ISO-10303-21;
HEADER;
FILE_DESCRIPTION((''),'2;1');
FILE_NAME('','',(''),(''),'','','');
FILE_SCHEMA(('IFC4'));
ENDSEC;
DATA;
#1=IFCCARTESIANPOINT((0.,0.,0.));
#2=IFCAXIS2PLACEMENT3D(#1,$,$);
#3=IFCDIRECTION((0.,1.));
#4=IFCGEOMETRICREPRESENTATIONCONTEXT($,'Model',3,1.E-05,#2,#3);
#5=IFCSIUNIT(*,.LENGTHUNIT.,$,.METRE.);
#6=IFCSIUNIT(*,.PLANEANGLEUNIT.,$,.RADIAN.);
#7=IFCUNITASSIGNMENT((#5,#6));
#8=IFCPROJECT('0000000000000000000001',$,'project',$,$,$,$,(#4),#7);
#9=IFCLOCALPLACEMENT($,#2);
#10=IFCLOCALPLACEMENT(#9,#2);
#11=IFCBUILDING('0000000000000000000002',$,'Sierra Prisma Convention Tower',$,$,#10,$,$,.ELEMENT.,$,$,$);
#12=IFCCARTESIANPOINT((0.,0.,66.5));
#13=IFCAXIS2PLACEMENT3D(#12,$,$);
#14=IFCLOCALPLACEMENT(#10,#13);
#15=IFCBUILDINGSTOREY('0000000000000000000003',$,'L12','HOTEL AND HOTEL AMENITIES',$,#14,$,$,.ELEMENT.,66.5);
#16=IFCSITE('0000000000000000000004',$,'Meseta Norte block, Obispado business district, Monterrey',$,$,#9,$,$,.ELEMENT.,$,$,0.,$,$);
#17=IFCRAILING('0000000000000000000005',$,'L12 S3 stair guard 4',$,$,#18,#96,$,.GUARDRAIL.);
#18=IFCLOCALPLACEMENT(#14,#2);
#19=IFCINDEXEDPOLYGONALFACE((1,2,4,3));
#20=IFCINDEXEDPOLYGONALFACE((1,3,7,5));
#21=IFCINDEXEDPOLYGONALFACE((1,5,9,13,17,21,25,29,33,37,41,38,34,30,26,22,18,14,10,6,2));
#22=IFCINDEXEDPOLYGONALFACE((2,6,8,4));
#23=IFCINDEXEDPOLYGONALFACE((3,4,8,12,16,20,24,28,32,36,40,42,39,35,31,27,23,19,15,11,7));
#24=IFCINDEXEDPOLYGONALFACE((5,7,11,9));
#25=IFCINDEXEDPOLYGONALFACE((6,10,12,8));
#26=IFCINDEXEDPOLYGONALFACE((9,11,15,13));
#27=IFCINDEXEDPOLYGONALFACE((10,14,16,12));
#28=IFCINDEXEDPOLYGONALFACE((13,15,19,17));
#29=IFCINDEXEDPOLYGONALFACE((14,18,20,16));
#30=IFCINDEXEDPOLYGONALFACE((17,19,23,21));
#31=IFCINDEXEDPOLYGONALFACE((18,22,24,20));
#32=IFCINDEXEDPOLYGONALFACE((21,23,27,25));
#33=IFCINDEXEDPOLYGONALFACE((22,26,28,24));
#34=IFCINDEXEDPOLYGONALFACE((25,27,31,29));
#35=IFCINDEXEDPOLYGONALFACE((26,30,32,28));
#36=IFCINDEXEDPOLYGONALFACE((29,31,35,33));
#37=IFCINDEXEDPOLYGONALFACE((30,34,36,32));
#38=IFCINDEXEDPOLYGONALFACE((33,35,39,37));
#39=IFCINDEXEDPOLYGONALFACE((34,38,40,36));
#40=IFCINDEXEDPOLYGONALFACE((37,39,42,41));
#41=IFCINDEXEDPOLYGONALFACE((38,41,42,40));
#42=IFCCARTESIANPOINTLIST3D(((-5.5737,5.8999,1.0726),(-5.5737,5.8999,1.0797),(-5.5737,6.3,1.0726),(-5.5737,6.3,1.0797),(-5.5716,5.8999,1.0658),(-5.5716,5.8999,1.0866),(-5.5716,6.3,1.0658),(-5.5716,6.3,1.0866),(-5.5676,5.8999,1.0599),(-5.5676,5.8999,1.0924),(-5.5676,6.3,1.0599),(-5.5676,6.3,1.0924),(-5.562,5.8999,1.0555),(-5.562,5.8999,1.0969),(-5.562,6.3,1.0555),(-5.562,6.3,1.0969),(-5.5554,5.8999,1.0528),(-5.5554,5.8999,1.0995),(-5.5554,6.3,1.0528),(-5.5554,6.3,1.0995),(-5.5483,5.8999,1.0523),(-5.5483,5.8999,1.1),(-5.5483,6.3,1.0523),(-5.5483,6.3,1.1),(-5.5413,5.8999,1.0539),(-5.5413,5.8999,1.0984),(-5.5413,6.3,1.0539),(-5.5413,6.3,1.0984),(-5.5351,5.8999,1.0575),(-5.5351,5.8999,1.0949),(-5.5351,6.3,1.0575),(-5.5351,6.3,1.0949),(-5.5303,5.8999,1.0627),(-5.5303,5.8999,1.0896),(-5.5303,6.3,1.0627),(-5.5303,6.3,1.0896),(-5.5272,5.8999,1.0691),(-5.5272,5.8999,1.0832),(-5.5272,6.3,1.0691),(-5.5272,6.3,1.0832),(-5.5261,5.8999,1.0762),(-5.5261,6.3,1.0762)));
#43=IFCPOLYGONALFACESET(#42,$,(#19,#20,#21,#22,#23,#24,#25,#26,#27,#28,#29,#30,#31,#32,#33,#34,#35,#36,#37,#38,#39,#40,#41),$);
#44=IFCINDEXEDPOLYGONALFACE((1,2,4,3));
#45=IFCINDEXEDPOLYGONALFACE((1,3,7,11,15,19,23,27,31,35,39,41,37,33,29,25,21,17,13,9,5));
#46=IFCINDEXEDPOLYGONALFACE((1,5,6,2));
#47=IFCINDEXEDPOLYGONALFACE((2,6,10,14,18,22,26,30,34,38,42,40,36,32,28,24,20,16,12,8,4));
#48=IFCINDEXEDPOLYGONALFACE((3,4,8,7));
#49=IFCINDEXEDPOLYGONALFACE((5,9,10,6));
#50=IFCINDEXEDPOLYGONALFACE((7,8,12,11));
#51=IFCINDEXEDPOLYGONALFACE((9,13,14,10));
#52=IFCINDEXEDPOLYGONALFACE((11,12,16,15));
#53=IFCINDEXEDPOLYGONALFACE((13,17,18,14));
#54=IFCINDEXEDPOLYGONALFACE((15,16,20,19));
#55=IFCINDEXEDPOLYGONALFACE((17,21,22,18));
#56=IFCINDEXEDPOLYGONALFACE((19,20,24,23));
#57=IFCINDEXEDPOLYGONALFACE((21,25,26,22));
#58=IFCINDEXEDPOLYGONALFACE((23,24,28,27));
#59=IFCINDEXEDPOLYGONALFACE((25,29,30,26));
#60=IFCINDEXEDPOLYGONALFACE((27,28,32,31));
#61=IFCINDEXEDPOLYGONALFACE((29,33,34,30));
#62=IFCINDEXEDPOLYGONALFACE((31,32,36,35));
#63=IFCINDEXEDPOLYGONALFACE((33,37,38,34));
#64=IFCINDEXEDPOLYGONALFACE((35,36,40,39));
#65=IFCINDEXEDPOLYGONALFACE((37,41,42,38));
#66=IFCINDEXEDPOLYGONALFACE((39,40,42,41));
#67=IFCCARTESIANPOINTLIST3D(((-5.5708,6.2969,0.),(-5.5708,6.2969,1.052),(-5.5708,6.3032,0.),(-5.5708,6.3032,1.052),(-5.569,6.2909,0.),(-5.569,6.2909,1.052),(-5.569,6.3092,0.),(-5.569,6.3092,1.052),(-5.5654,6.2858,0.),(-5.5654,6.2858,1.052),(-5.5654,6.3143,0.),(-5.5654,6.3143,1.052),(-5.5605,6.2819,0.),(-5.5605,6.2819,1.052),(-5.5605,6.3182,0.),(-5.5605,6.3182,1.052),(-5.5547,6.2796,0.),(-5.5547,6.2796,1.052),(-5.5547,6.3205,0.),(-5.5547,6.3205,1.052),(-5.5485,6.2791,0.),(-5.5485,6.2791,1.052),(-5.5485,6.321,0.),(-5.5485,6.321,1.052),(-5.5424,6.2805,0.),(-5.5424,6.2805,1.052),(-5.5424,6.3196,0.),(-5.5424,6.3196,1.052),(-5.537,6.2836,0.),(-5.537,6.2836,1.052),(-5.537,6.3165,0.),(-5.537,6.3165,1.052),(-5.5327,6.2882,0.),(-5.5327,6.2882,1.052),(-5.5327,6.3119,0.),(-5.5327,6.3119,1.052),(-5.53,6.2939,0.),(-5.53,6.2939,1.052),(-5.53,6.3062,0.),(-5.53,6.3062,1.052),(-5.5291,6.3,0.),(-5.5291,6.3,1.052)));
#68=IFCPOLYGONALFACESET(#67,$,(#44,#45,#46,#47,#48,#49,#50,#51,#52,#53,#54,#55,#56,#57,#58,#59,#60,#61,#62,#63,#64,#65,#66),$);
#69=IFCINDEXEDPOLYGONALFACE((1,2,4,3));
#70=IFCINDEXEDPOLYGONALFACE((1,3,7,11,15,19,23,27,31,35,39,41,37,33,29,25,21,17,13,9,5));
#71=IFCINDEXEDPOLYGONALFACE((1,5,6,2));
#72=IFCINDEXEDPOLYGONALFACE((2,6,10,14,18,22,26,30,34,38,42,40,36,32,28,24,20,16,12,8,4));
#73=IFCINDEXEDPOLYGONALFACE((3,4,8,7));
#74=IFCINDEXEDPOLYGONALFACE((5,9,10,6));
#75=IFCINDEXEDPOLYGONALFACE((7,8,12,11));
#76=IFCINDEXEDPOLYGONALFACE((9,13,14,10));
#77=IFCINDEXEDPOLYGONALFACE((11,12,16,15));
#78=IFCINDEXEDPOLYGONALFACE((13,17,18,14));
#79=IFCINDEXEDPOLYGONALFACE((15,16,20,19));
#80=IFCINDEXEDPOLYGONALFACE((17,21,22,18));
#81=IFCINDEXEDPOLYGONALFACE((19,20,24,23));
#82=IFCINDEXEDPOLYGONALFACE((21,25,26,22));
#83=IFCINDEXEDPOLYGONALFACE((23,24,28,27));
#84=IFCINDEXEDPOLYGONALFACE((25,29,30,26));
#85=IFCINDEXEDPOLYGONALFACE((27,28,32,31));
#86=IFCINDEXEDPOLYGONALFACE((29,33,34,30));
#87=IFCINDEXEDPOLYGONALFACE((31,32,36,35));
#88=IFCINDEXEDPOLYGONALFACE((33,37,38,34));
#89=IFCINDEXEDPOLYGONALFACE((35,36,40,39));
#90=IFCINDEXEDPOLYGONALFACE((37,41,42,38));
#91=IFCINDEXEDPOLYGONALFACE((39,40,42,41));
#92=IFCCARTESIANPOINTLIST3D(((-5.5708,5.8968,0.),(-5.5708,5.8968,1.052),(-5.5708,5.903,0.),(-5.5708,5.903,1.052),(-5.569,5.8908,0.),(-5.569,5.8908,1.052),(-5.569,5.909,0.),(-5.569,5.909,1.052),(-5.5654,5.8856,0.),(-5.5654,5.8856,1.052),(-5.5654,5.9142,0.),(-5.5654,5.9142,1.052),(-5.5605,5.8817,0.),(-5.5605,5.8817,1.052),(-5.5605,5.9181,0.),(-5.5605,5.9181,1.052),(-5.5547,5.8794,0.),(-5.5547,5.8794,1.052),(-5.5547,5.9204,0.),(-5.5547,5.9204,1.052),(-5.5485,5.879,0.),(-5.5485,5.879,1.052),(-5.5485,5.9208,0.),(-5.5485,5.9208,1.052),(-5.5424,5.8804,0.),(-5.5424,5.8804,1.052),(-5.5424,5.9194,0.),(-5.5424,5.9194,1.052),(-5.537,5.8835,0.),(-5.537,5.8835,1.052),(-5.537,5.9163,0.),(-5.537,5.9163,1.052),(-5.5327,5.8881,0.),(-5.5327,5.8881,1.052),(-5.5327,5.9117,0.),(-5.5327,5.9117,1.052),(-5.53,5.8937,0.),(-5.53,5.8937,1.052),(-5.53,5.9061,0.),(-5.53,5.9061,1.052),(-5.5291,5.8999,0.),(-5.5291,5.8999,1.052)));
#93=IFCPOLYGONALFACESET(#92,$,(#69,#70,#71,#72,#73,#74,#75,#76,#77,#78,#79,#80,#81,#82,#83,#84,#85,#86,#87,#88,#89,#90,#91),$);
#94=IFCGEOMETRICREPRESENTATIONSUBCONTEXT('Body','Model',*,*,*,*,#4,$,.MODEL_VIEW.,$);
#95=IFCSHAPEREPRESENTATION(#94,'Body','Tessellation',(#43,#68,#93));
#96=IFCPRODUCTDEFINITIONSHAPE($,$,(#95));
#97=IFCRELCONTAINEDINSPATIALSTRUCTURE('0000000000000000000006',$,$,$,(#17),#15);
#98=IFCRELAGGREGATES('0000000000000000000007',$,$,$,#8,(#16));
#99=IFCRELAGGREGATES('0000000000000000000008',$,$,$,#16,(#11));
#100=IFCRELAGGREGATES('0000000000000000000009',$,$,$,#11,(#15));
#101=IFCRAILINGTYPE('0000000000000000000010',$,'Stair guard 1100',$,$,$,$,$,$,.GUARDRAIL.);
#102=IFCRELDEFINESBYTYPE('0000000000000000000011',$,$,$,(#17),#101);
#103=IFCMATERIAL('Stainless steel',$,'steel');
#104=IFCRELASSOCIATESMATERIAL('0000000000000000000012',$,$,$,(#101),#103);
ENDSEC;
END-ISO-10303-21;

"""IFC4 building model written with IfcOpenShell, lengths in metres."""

from ifc_helpers import new_model, si_unit, direction, frame, origin, origin_2d, place, context, subcontext, project, spatial, circle, extrude, material, type_object, element, save


model = new_model("IFC4")

# Units and contexts
model_context = context("Model", 3, precision=1e-05, world=origin(), true_north=direction((0.0, 1.0)))
body_context = subcontext(model_context, "Body", "Model", "MODEL_VIEW")
ifc_project = project(units=[si_unit("LENGTHUNIT", "METRE"), si_unit("PLANEANGLEUNIT", "RADIAN")], contexts=[model_context])

# Site, building, storey
site_placement = place(None, origin())
site = spatial("IfcSite", under=ifc_project, at=site_placement, Name="Meseta Norte block, Obispado business district, Monterrey", CompositionType="ELEMENT", RefElevation=0.0)
building_placement = place(site_placement, origin())
building = spatial("IfcBuilding", under=site, at=building_placement, Name="Sierra Prisma Convention Tower", CompositionType="ELEMENT")
storey_placement = place(building_placement, frame((0.0, 0.0, 66.5)))
storey = spatial("IfcBuildingStorey", under=building, at=storey_placement, Name="L12", Description="HOTEL AND HOTEL AMENITIES", CompositionType="ELEMENT", Elevation=66.5)

# Railing
ifc_material_1 = material(Name="Stainless steel", Category="steel")
railing_type_1 = type_object("IfcRailingType", Name="Stair guard 1100", PredefinedType="GUARDRAIL", material=ifc_material_1)
railing_1_placement = place(storey_placement, frame((-5.55, 6.3, 0.0)))
element("IfcRailing", 1, at=railing_1_placement, inside=storey, type_object=railing_type_1, Name="L12 S3 stair guard 4", PredefinedType="GUARDRAIL", context=body_context, shape_type="SweptSolid", body=[
    extrude(circle(Radius=0.0239, at=origin_2d()), frame((0.0, 0.0, 1.0762), z_axis=(0.0, -1.0, 0.0), x_axis=(1.0, 0.0, 0.0)), (0.0, 0.0, 1.0), 0.4001),
    extrude(circle(Radius=0.021, at=origin_2d()), origin(), (0.0, 0.0, 1.0), 1.052),
    extrude(circle(Radius=0.021, at=origin_2d()), frame((0.0, -0.4001, 0.0)), (0.0, 0.0, 1.0), 1.052),
])

save(model, "model.ifc")
